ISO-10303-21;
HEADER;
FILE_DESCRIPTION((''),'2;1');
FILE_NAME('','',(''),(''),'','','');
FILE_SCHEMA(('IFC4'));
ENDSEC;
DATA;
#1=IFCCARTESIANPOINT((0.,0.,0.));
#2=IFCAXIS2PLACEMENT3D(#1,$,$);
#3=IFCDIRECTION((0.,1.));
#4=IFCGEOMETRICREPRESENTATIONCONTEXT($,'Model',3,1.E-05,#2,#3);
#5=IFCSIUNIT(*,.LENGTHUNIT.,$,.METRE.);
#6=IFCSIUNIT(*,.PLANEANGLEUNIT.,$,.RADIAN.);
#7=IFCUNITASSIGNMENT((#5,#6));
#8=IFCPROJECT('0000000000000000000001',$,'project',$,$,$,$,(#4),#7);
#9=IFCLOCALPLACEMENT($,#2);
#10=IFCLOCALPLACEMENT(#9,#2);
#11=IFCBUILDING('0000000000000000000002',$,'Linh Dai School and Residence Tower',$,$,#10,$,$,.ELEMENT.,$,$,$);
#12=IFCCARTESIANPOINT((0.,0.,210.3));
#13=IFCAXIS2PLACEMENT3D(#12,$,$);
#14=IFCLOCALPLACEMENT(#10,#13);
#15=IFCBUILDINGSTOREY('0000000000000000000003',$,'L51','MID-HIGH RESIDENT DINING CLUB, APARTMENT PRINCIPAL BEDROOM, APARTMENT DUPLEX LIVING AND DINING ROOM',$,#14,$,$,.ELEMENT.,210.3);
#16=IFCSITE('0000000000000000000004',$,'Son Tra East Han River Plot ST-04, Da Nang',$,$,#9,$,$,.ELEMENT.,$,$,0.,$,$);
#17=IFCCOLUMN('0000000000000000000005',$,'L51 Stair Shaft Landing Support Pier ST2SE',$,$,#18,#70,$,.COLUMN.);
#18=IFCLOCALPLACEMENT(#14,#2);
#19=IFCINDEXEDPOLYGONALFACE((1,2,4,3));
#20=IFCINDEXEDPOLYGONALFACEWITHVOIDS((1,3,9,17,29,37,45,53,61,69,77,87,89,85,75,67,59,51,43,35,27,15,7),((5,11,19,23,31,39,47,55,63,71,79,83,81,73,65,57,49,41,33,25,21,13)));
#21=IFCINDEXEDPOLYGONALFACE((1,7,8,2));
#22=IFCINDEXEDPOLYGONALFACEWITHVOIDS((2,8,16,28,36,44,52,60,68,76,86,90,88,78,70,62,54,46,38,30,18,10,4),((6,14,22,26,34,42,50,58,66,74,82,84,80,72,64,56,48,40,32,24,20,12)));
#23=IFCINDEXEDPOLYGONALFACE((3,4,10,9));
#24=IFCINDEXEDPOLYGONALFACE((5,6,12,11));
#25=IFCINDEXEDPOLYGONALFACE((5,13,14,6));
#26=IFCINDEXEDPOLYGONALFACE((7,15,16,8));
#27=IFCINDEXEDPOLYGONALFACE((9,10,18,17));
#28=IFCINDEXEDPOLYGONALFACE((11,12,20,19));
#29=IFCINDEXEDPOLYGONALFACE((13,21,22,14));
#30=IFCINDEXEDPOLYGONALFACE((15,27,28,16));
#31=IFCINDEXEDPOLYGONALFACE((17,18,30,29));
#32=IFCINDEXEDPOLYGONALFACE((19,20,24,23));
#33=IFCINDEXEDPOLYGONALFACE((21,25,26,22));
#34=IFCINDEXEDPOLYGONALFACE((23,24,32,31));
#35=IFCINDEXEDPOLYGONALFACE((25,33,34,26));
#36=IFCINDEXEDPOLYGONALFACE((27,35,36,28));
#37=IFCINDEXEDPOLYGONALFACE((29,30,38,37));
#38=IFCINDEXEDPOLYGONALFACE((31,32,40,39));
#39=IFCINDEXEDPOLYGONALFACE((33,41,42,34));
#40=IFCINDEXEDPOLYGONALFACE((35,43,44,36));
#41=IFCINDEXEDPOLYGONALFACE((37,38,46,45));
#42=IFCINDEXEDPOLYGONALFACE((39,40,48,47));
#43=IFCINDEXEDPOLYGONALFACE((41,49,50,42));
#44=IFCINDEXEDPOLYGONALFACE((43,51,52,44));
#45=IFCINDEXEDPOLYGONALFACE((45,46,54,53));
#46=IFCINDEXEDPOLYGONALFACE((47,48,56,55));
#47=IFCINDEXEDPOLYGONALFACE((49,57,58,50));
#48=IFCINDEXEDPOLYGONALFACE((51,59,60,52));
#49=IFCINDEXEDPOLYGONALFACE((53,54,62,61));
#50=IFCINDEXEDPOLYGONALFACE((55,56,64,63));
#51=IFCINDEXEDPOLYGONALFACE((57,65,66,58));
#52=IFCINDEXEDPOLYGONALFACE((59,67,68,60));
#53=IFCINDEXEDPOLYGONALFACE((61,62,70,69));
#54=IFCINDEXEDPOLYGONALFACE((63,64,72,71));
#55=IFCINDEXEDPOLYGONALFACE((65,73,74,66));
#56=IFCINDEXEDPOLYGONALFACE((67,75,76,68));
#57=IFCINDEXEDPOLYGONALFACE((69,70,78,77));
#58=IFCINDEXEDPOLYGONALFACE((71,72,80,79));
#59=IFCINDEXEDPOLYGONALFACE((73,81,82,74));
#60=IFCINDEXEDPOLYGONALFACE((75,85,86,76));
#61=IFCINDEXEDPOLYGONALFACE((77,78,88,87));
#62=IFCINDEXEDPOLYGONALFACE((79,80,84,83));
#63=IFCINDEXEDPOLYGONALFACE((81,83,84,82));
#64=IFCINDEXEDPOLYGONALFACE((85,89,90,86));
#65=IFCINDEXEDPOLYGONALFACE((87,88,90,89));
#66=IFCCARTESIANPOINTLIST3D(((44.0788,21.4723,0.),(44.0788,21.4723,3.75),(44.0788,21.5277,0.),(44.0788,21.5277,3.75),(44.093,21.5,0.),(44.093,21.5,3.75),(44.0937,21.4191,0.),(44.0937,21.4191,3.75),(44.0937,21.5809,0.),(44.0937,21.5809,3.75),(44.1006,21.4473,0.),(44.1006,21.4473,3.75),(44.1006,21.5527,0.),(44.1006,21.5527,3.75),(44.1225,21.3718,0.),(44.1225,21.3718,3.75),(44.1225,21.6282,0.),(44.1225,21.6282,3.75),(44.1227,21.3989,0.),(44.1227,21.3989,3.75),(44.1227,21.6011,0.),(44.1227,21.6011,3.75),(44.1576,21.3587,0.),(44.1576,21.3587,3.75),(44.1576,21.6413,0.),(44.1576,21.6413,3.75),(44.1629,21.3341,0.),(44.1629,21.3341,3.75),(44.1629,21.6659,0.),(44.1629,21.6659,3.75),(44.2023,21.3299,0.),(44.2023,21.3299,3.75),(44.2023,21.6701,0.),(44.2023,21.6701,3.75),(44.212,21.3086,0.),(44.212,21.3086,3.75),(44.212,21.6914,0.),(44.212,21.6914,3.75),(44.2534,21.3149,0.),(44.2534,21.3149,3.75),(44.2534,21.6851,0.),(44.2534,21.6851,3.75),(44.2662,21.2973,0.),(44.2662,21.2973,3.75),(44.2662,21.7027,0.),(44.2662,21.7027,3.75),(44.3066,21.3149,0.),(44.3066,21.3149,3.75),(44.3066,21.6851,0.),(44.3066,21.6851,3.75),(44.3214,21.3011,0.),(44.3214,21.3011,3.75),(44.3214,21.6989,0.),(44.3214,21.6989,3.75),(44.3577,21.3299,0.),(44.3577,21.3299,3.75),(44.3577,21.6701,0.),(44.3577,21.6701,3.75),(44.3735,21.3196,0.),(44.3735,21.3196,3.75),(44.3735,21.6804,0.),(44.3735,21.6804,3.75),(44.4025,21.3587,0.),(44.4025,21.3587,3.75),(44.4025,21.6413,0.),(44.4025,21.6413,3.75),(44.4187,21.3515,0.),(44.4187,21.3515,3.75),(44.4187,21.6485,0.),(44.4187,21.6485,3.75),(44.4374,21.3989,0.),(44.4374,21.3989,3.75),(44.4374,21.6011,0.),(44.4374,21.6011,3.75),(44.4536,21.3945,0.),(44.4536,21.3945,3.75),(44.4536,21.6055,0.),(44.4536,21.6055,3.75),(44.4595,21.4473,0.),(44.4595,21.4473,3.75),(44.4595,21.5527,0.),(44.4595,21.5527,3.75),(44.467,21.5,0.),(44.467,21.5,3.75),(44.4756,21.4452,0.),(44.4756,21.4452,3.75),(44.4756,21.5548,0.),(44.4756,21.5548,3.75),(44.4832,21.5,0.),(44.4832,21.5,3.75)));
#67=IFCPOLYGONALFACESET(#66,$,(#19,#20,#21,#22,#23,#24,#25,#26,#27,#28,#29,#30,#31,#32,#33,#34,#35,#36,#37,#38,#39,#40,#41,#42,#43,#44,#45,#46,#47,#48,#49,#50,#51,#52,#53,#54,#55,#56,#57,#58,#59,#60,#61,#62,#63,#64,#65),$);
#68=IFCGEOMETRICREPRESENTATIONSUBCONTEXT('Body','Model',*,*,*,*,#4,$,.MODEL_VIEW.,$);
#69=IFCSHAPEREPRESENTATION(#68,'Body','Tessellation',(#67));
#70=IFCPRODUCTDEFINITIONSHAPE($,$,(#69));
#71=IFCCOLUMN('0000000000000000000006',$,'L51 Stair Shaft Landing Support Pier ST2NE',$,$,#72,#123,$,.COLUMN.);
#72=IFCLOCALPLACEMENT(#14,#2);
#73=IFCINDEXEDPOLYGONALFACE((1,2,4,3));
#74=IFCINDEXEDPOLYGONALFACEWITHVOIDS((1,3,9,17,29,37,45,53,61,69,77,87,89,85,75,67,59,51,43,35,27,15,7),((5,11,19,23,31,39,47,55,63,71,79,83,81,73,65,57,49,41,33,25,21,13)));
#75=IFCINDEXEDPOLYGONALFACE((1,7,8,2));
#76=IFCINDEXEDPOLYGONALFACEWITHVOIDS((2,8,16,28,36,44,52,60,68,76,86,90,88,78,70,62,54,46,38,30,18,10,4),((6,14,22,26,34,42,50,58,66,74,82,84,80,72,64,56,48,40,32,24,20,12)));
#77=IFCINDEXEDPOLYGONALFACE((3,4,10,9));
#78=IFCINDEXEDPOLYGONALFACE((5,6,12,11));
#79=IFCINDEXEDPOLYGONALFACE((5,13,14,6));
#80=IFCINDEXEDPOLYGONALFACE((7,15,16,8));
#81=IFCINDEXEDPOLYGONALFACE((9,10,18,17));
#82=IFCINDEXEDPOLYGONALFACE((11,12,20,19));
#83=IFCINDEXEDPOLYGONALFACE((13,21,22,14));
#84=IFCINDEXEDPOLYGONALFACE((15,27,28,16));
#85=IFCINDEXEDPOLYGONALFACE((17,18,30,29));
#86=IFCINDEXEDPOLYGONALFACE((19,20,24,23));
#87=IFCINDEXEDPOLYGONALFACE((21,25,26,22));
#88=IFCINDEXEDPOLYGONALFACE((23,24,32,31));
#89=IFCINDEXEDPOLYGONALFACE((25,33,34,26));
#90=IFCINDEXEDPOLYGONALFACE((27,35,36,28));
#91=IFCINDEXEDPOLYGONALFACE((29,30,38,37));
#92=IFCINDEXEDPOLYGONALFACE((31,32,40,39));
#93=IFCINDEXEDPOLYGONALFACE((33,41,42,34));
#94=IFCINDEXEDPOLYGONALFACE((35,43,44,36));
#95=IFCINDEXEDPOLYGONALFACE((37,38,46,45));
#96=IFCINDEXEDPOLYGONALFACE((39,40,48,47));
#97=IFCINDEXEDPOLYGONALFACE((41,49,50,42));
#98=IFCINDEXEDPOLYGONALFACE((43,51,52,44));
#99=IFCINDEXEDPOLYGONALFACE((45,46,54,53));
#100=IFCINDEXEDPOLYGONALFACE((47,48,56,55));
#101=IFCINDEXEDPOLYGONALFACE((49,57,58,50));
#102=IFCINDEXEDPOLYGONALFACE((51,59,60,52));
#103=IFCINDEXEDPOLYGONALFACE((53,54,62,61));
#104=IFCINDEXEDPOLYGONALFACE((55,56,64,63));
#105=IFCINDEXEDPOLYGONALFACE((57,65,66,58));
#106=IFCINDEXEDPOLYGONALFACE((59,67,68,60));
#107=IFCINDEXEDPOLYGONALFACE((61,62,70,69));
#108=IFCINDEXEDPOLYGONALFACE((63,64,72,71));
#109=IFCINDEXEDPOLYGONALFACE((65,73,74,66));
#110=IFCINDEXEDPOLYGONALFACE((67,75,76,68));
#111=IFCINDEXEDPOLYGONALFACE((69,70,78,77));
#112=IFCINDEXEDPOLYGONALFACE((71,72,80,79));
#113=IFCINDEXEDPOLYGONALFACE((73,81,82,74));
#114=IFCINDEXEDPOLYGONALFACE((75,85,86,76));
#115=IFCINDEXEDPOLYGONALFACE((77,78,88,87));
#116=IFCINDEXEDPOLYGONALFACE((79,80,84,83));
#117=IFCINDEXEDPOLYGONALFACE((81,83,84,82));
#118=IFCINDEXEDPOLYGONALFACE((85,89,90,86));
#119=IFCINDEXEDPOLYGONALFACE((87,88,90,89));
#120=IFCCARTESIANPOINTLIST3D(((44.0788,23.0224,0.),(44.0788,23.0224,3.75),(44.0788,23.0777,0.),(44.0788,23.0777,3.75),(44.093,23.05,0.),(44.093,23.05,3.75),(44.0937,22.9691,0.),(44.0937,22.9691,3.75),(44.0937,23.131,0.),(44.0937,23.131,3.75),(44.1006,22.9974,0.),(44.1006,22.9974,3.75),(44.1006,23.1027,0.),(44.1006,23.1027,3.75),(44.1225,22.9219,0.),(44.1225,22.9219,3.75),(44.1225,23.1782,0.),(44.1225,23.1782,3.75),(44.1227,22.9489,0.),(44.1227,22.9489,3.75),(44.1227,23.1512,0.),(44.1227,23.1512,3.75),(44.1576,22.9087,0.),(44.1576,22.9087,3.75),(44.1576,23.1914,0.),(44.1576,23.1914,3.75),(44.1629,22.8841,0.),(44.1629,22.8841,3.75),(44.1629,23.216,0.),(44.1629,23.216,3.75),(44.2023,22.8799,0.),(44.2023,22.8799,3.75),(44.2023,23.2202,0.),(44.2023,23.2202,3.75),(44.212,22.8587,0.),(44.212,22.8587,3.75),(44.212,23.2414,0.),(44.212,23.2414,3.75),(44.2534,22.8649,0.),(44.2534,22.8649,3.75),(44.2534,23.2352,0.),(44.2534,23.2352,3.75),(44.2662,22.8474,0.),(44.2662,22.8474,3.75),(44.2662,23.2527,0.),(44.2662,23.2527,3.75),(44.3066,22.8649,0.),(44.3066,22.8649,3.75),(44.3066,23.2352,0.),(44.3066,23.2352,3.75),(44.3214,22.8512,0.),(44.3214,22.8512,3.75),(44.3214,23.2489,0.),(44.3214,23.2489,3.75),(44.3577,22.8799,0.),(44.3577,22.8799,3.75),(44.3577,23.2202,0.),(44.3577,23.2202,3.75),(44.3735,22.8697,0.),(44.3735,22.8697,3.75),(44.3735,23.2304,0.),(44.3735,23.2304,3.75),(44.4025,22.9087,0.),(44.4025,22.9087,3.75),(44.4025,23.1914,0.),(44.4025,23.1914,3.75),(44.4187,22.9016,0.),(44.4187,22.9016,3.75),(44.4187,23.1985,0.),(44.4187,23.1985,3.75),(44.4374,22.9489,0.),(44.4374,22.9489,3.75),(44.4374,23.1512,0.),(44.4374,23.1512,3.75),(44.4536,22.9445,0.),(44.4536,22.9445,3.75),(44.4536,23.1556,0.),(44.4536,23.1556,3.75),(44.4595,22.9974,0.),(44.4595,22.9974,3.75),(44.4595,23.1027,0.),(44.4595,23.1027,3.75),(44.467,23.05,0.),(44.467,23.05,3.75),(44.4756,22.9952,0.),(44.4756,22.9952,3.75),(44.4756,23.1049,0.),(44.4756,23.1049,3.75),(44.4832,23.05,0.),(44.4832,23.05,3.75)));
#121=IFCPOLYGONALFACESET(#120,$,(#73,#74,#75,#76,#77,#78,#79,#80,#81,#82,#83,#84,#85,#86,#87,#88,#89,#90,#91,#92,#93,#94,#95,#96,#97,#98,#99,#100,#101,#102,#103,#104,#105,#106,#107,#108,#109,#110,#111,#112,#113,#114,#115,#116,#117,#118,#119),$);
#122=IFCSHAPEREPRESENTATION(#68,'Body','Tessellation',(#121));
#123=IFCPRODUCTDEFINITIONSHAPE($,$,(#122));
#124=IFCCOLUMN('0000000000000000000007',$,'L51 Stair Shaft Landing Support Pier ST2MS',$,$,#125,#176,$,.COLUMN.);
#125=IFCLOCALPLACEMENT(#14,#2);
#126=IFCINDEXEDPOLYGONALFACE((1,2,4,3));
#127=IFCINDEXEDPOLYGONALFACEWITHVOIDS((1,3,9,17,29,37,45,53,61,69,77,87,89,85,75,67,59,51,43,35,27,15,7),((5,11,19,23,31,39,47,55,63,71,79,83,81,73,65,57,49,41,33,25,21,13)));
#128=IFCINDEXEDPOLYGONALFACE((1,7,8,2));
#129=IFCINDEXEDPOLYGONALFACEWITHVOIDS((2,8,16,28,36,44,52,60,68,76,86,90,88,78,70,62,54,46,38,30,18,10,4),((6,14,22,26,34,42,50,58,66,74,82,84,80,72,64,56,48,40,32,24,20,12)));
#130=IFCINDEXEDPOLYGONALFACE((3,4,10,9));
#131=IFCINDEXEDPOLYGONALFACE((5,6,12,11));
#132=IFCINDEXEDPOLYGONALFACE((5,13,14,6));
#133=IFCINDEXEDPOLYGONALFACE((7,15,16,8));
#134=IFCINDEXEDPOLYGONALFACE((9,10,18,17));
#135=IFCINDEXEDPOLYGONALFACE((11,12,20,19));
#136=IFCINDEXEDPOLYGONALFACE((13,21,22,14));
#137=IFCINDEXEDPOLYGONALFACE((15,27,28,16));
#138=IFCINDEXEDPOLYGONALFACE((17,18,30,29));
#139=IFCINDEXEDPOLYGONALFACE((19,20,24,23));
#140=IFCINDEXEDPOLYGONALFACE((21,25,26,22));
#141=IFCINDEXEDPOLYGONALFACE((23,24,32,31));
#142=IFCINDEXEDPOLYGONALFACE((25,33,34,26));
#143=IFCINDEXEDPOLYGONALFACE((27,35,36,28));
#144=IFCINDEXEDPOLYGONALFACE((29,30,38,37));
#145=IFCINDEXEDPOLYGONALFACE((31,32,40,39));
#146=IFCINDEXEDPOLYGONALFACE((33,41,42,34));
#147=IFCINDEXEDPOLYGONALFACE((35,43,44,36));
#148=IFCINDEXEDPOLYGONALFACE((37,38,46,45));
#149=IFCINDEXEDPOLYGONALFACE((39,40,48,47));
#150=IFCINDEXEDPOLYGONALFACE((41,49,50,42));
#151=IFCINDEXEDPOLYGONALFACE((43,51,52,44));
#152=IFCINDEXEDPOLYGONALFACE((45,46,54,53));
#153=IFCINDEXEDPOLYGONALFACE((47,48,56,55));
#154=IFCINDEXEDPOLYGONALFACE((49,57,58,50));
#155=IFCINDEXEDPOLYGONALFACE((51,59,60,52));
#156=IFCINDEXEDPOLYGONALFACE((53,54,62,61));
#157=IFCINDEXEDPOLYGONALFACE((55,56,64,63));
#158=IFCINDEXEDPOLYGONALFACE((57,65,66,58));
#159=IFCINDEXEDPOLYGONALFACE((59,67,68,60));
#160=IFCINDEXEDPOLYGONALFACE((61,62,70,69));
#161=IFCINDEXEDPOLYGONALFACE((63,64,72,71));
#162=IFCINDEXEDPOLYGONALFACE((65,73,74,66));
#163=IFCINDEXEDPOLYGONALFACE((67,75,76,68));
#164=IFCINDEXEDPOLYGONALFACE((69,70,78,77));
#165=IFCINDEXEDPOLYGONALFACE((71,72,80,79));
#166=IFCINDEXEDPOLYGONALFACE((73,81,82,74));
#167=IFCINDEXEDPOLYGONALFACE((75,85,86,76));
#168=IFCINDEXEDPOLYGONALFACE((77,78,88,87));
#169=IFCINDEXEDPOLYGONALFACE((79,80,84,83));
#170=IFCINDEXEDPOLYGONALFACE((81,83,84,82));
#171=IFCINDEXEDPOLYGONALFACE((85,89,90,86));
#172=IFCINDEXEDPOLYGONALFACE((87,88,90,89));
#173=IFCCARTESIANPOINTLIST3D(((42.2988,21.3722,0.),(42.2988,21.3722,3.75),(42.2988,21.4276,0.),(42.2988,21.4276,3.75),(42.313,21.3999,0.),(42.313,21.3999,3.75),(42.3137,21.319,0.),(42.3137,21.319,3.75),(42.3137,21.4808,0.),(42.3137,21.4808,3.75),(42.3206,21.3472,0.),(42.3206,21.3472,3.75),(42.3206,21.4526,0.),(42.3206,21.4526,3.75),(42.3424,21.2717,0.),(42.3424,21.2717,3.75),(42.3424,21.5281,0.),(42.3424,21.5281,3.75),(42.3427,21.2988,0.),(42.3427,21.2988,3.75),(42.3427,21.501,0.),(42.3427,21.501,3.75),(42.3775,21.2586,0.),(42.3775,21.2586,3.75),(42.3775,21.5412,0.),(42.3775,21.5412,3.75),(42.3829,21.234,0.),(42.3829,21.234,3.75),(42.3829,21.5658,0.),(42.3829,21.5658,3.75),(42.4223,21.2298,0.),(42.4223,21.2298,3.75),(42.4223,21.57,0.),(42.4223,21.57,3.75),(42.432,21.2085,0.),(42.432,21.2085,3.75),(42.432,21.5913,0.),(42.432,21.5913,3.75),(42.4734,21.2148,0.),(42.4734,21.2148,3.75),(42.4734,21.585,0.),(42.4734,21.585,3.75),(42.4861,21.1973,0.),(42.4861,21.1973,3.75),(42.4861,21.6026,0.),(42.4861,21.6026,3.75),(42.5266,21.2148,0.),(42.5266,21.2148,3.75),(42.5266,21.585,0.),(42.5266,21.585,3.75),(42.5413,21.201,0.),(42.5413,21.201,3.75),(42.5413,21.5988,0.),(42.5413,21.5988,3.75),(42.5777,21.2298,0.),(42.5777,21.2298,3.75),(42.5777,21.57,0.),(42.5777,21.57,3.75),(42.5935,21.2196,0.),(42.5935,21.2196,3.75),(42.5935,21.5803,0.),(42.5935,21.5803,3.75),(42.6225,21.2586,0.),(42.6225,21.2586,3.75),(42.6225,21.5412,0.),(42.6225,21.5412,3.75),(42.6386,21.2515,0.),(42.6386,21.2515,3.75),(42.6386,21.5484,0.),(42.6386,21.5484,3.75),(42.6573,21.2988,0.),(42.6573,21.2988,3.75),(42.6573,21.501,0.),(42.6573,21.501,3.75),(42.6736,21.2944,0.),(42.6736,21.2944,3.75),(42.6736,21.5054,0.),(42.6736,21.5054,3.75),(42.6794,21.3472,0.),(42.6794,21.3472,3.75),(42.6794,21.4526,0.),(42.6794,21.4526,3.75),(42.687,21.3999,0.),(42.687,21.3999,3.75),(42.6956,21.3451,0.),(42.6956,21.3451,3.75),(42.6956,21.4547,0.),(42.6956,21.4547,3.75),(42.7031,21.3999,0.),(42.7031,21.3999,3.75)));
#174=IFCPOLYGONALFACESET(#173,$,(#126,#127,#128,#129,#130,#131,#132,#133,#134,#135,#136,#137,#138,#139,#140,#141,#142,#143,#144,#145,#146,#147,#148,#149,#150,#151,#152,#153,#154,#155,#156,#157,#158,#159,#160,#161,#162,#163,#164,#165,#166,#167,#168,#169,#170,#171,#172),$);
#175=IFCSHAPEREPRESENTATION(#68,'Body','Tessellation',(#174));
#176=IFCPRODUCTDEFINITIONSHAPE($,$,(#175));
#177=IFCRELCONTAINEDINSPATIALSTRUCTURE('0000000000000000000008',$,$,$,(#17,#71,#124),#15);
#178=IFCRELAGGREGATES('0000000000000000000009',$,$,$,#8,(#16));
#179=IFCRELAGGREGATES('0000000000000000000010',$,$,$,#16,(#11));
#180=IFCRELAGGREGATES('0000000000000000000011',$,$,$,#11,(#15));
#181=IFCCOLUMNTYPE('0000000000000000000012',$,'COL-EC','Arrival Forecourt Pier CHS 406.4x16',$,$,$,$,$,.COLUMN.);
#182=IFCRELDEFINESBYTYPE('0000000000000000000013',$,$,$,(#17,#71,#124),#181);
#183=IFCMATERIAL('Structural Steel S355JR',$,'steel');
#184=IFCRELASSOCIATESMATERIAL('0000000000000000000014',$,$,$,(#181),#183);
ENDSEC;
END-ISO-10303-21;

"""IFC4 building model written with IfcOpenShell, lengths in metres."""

from ifc_helpers import new_model, si_unit, direction, frame, origin, origin_2d, place, context, subcontext, project, spatial, hollow_circle, extrude, material, material_profile, profile_set, type_object, element, save


model = new_model("IFC4")

# Units and contexts
model_context = context("Model", 3, precision=1e-05, world=origin(), true_north=direction((0.0, 1.0)))
body_context = subcontext(model_context, "Body", "Model", "MODEL_VIEW")
ifc_project = project(units=[si_unit("LENGTHUNIT", "METRE"), si_unit("PLANEANGLEUNIT", "RADIAN")], contexts=[model_context])

# Site, building, storey
site_placement = place(None, origin())
site = spatial("IfcSite", under=ifc_project, at=site_placement, Name="Son Tra East Han River Plot ST-04, Da Nang", CompositionType="ELEMENT", RefElevation=0.0)
building_placement = place(site_placement, origin())
building = spatial("IfcBuilding", under=site, at=building_placement, Name="Linh Dai School and Residence Tower", CompositionType="ELEMENT")
storey_placement = place(building_placement, frame((0.0, 0.0, 210.3)))
storey = spatial("IfcBuildingStorey", under=building, at=storey_placement, Name="L51", Description="MID-HIGH RESIDENT DINING CLUB, APARTMENT PRINCIPAL BEDROOM, APARTMENT DUPLEX LIVING AND DINING ROOM", CompositionType="ELEMENT", Elevation=210.3)

# Columns
ifc_material_1 = material(Name="Structural Steel S355JR", Category="steel")
ifc_material_profile_1 = material_profile(ifc_material_1, hollow_circle(Radius=0.2031, WallThickness=0.0161, at=origin_2d()), Name="CHS 406.4x16")
ifc_profile_set_1 = profile_set([ifc_material_profile_1], Name="Structural Steel S355JR")
column_type_1 = type_object("IfcColumnType", Name="COL-EC", Description="Arrival Forecourt Pier CHS 406.4x16", PredefinedType="COLUMN", material=ifc_profile_set_1)
for number, where, z_axis, x_axis, name in (
    (1, (44.28, 21.5, 0.0), (0.0, 0.0, 1.0), (1.0, 0.0, 0.0), "L51 Stair Shaft Landing Support Pier ST2SE"),
    (2, (44.28, 23.05, 0.0), (0.0, 0.0, 1.0), (1.0, 0.0, 0.0), "L51 Stair Shaft Landing Support Pier ST2NE"),
    (3, (42.5, 21.3999, 0.0), (0.0, 0.0, 1.0), (1.0, 0.0, 0.0), "L51 Stair Shaft Landing Support Pier ST2MS"),
):
    element("IfcColumn", number, at=place(storey_placement, frame(where, z_axis=z_axis, x_axis=x_axis)), inside=storey, type_object=column_type_1, Name=name, PredefinedType="COLUMN", context=body_context, shape_type="SweptSolid", body=[
        extrude(hollow_circle(Radius=0.2031, WallThickness=0.0161, at=origin_2d()), origin(), (0.0, 0.0, 1.0), 3.75),
    ])

save(model, "model.ifc")
